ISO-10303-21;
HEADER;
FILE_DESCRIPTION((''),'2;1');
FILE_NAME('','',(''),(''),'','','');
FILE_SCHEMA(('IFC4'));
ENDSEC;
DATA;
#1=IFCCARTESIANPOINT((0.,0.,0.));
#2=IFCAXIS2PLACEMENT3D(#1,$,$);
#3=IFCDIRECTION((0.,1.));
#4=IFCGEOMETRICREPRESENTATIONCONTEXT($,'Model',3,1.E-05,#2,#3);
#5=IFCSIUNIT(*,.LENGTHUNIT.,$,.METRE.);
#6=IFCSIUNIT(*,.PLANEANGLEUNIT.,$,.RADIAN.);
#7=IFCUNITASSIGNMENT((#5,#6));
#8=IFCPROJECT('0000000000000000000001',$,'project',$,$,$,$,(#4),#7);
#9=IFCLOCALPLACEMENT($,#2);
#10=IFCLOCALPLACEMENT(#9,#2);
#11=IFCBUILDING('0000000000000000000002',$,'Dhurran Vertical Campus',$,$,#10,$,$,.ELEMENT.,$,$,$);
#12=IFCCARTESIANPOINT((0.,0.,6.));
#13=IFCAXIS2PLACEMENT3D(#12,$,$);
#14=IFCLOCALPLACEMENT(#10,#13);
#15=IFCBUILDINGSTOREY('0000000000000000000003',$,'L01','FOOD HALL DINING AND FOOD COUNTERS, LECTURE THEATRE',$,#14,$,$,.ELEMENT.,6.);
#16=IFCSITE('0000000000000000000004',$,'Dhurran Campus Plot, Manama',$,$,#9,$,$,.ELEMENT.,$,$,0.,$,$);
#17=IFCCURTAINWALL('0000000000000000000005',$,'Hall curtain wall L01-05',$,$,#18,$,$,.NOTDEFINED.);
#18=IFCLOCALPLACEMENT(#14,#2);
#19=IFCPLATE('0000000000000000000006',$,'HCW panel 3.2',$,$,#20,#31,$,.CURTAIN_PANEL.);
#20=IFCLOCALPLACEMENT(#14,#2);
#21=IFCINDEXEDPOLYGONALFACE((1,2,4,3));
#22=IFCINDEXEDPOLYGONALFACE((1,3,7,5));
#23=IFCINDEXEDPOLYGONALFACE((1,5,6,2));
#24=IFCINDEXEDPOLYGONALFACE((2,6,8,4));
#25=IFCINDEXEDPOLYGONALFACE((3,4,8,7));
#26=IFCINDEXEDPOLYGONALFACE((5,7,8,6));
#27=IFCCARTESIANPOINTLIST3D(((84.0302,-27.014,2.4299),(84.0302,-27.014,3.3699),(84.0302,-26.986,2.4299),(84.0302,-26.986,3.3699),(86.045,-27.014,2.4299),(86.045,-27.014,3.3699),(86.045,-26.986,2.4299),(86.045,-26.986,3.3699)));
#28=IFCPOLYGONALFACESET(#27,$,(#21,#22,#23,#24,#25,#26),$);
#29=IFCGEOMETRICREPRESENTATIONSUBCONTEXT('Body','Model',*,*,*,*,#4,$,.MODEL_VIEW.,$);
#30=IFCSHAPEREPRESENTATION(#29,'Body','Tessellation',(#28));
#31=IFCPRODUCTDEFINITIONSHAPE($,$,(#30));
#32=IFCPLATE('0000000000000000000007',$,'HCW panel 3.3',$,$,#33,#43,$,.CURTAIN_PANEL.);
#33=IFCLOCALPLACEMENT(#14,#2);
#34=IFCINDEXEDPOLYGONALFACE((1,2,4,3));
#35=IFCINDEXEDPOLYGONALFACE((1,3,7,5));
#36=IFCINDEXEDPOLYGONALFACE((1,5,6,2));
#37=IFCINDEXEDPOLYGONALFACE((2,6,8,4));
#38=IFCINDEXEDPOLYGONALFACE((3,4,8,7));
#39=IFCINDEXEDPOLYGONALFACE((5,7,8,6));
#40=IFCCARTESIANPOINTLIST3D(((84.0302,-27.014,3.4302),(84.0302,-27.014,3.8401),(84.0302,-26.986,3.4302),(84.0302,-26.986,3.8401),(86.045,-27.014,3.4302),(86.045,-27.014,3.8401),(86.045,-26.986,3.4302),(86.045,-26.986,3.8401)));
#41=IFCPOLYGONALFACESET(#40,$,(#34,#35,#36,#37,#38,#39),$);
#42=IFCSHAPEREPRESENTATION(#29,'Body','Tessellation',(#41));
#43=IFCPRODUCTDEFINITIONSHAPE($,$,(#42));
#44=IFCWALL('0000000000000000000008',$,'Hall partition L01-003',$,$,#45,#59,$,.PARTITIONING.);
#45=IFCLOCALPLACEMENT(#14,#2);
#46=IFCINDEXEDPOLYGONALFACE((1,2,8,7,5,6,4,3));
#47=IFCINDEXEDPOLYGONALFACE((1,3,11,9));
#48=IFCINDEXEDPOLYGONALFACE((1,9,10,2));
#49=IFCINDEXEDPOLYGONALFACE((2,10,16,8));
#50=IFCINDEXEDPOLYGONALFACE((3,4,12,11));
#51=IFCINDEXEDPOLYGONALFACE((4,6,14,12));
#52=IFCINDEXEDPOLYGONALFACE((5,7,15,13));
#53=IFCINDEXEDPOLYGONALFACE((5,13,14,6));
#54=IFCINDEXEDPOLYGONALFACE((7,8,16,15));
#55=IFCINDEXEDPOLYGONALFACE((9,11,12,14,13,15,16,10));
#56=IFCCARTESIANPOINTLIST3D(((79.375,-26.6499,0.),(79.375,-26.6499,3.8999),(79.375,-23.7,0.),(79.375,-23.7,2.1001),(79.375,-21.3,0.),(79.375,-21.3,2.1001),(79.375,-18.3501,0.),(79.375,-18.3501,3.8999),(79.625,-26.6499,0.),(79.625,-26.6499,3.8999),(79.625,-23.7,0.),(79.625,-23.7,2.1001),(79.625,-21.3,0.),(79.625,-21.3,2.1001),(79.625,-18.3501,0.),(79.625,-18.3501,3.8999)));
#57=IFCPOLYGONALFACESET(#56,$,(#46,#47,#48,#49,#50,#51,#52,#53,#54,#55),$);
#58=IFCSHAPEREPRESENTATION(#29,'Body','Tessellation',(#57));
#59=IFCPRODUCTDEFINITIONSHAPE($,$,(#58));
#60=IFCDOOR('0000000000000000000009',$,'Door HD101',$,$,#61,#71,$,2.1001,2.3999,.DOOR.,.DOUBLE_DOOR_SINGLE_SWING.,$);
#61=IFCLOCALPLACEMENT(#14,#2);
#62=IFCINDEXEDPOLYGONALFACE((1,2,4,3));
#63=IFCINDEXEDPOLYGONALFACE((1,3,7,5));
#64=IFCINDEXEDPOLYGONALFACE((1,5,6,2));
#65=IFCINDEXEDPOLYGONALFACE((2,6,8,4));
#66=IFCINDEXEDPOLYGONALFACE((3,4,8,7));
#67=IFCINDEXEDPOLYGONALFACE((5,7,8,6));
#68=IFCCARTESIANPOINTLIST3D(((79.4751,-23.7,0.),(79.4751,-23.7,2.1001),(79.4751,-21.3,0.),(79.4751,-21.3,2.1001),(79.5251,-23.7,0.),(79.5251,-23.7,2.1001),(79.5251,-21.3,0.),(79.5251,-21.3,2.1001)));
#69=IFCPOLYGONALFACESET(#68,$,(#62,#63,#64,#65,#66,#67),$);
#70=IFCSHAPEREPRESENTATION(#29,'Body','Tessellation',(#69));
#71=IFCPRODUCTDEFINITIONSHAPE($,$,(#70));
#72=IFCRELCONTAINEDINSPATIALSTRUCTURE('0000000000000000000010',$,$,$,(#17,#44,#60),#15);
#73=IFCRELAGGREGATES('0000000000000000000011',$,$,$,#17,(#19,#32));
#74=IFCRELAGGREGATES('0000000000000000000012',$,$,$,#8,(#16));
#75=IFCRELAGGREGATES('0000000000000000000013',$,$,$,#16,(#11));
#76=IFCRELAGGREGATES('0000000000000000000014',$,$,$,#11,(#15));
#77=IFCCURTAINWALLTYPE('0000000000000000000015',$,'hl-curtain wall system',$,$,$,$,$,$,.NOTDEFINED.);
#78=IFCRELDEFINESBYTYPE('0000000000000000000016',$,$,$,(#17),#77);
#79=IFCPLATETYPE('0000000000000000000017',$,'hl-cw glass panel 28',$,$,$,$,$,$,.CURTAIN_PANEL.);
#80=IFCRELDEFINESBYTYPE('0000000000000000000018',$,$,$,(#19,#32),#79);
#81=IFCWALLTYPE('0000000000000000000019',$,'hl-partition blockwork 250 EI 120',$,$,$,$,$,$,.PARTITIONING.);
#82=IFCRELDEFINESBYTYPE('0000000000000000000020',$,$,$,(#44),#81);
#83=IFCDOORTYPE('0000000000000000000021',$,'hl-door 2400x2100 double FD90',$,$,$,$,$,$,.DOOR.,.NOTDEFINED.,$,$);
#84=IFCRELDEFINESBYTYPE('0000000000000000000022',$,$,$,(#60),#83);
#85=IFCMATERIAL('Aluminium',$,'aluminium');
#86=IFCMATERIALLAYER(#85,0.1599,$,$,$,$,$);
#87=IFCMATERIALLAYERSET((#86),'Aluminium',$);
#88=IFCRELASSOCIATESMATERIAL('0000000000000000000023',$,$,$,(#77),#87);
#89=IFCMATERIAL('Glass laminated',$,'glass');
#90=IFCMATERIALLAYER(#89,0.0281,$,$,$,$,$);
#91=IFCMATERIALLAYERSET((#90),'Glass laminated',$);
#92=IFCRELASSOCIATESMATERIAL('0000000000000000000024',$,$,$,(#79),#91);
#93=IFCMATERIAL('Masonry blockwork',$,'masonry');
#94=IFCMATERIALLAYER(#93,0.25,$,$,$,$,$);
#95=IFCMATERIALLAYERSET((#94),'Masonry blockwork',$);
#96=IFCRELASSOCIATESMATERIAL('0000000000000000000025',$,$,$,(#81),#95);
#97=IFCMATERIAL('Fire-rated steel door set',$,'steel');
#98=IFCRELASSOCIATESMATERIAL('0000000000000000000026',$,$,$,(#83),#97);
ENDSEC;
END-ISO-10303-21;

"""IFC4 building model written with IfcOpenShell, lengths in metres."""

from ifc_helpers import new_model, si_unit, direction, frame, frame_2d, origin, origin_2d, place, context, subcontext, project, spatial, rectangle, extrude, material, layer, layer_set, type_object, element, fill, aggregate, save


model = new_model("IFC4")

# Units and contexts
model_context = context("Model", 3, precision=1e-05, world=origin(), true_north=direction((0.0, 1.0)))
body_context = subcontext(model_context, "Body", "Model", "MODEL_VIEW")
ifc_project = project(units=[si_unit("LENGTHUNIT", "METRE"), si_unit("PLANEANGLEUNIT", "RADIAN")], contexts=[model_context])

# Site, building, storey
site_placement = place(None, origin())
site = spatial("IfcSite", under=ifc_project, at=site_placement, Name="Dhurran Campus Plot, Manama", CompositionType="ELEMENT", RefElevation=0.0)
building_placement = place(site_placement, origin())
building = spatial("IfcBuilding", under=site, at=building_placement, Name="Dhurran Vertical Campus", CompositionType="ELEMENT")
storey_placement = place(building_placement, frame((0.0, 0.0, 6.0)))
storey = spatial("IfcBuildingStorey", under=building, at=storey_placement, Name="L01", Description="FOOD HALL DINING AND FOOD COUNTERS, LECTURE THEATRE", CompositionType="ELEMENT", Elevation=6.0)

# Curtain wall
ifc_material_1 = material(Name="Aluminium", Category="aluminium")
ifc_layer_1 = layer(ifc_material_1, 0.1599)
ifc_layer_set_1 = layer_set([ifc_layer_1], Name="Aluminium")
curtain_wall_type = type_object("IfcCurtainWallType", Name="hl-curtain wall system", PredefinedType="NOTDEFINED", material=ifc_layer_set_1)
curtain_wall_placement = place(storey_placement, origin())
curtain_wall = element("IfcCurtainWall", 1, at=curtain_wall_placement, inside=storey, type_object=curtain_wall_type, Name="Hall curtain wall L01-05", PredefinedType="NOTDEFINED")

# Plates
ifc_material_2 = material(Name="Glass laminated", Category="glass")
ifc_layer_2 = layer(ifc_material_2, 0.0281)
ifc_layer_set_2 = layer_set([ifc_layer_2], Name="Glass laminated")
plate_type = type_object("IfcPlateType", Name="hl-cw glass panel 28", PredefinedType="CURTAIN_PANEL", material=ifc_layer_set_2)
plate_1_placement = place(storey_placement, frame((85.0376, -27.0, 2.4299), z_axis=(0.0, 0.0, 1.0), x_axis=(1.0, 0.0, 0.0)))
plate_1 = element("IfcPlate", 2, at=plate_1_placement, type_object=plate_type, Name="HCW panel 3.2", PredefinedType="CURTAIN_PANEL", context=body_context, shape_type="SweptSolid", body=[
    extrude(rectangle(XDim=2.0149, YDim=0.0281, at=origin_2d()), origin(), (0.0, 0.0, 1.0), 0.9399),
])
plate_2_placement = place(storey_placement, frame((85.0376, -27.0, 3.4302), z_axis=(0.0, 0.0, 1.0), x_axis=(1.0, 0.0, 0.0)))
plate_2 = element("IfcPlate", 3, at=plate_2_placement, type_object=plate_type, Name="HCW panel 3.3", PredefinedType="CURTAIN_PANEL", context=body_context, shape_type="SweptSolid", body=[
    extrude(rectangle(XDim=2.0149, YDim=0.0281, at=origin_2d()), origin(), (0.0, 0.0, 1.0), 0.4099),
])
aggregate(curtain_wall, [plate_1, plate_2])

# Wall, opening, door
ifc_material_3 = material(Name="Masonry blockwork", Category="masonry")
ifc_layer_3 = layer(ifc_material_3, 0.25)
ifc_layer_set_3 = layer_set([ifc_layer_3], Name="Masonry blockwork")
wall_type = type_object("IfcWallType", Name="hl-partition blockwork 250 EI 120", PredefinedType="PARTITIONING", material=ifc_layer_set_3)
wall_placement = place(storey_placement, frame((79.5, -26.6499, 0.0), z_axis=(0.0, 0.0, 1.0), x_axis=(0.0, 1.0, 0.0)))
wall = element("IfcWall", 4, at=wall_placement, inside=storey, type_object=wall_type, Name="Hall partition L01-003", PredefinedType="PARTITIONING", context=body_context, shape_type="SweptSolid", body=[
    extrude(rectangle(XDim=8.2998, YDim=0.25, at=frame_2d((4.1499, 0.0))), origin(), (0.0, 0.0, 1.0), 3.8999),
])
opening_placement = place(wall_placement, frame((2.95, 0.0, 0.0)))
opening = element("IfcOpeningElement", 5, at=opening_placement, cuts=wall, PredefinedType="OPENING", context=body_context, shape_type="SweptSolid", body=[
    extrude(rectangle(XDim=2.3999, YDim=2.1001, at=frame_2d((1.2, 1.05))), frame((0.0, 0.135, 0.0), z_axis=(0.0, -1.0, 0.0), x_axis=(1.0, 0.0, 0.0)), (0.0, 0.0, 1.0), 0.27),
])
ifc_material_4 = material(Name="Fire-rated steel door set", Category="steel")
door_type = type_object("IfcDoorType", Name="hl-door 2400x2100 double FD90", OperationType="NOTDEFINED", PredefinedType="DOOR", material=ifc_material_4)
door_placement = place(opening_placement, origin())
door = element("IfcDoor", 6, at=door_placement, inside=storey, type_object=door_type, Name="Door HD101", OperationType="DOUBLE_DOOR_SINGLE_SWING", OverallHeight=2.1001, OverallWidth=2.3999, PredefinedType="DOOR", context=body_context, shape_type="SweptSolid", body=[
    extrude(rectangle(XDim=2.3999, YDim=2.1001, at=frame_2d((1.2, 1.05))), frame((0.0, 0.0249, 0.0), z_axis=(0.0, -1.0, 0.0), x_axis=(1.0, 0.0, 0.0)), (0.0, 0.0, 1.0), 0.05),
])
fill(opening, door)

save(model, "model.ifc")
